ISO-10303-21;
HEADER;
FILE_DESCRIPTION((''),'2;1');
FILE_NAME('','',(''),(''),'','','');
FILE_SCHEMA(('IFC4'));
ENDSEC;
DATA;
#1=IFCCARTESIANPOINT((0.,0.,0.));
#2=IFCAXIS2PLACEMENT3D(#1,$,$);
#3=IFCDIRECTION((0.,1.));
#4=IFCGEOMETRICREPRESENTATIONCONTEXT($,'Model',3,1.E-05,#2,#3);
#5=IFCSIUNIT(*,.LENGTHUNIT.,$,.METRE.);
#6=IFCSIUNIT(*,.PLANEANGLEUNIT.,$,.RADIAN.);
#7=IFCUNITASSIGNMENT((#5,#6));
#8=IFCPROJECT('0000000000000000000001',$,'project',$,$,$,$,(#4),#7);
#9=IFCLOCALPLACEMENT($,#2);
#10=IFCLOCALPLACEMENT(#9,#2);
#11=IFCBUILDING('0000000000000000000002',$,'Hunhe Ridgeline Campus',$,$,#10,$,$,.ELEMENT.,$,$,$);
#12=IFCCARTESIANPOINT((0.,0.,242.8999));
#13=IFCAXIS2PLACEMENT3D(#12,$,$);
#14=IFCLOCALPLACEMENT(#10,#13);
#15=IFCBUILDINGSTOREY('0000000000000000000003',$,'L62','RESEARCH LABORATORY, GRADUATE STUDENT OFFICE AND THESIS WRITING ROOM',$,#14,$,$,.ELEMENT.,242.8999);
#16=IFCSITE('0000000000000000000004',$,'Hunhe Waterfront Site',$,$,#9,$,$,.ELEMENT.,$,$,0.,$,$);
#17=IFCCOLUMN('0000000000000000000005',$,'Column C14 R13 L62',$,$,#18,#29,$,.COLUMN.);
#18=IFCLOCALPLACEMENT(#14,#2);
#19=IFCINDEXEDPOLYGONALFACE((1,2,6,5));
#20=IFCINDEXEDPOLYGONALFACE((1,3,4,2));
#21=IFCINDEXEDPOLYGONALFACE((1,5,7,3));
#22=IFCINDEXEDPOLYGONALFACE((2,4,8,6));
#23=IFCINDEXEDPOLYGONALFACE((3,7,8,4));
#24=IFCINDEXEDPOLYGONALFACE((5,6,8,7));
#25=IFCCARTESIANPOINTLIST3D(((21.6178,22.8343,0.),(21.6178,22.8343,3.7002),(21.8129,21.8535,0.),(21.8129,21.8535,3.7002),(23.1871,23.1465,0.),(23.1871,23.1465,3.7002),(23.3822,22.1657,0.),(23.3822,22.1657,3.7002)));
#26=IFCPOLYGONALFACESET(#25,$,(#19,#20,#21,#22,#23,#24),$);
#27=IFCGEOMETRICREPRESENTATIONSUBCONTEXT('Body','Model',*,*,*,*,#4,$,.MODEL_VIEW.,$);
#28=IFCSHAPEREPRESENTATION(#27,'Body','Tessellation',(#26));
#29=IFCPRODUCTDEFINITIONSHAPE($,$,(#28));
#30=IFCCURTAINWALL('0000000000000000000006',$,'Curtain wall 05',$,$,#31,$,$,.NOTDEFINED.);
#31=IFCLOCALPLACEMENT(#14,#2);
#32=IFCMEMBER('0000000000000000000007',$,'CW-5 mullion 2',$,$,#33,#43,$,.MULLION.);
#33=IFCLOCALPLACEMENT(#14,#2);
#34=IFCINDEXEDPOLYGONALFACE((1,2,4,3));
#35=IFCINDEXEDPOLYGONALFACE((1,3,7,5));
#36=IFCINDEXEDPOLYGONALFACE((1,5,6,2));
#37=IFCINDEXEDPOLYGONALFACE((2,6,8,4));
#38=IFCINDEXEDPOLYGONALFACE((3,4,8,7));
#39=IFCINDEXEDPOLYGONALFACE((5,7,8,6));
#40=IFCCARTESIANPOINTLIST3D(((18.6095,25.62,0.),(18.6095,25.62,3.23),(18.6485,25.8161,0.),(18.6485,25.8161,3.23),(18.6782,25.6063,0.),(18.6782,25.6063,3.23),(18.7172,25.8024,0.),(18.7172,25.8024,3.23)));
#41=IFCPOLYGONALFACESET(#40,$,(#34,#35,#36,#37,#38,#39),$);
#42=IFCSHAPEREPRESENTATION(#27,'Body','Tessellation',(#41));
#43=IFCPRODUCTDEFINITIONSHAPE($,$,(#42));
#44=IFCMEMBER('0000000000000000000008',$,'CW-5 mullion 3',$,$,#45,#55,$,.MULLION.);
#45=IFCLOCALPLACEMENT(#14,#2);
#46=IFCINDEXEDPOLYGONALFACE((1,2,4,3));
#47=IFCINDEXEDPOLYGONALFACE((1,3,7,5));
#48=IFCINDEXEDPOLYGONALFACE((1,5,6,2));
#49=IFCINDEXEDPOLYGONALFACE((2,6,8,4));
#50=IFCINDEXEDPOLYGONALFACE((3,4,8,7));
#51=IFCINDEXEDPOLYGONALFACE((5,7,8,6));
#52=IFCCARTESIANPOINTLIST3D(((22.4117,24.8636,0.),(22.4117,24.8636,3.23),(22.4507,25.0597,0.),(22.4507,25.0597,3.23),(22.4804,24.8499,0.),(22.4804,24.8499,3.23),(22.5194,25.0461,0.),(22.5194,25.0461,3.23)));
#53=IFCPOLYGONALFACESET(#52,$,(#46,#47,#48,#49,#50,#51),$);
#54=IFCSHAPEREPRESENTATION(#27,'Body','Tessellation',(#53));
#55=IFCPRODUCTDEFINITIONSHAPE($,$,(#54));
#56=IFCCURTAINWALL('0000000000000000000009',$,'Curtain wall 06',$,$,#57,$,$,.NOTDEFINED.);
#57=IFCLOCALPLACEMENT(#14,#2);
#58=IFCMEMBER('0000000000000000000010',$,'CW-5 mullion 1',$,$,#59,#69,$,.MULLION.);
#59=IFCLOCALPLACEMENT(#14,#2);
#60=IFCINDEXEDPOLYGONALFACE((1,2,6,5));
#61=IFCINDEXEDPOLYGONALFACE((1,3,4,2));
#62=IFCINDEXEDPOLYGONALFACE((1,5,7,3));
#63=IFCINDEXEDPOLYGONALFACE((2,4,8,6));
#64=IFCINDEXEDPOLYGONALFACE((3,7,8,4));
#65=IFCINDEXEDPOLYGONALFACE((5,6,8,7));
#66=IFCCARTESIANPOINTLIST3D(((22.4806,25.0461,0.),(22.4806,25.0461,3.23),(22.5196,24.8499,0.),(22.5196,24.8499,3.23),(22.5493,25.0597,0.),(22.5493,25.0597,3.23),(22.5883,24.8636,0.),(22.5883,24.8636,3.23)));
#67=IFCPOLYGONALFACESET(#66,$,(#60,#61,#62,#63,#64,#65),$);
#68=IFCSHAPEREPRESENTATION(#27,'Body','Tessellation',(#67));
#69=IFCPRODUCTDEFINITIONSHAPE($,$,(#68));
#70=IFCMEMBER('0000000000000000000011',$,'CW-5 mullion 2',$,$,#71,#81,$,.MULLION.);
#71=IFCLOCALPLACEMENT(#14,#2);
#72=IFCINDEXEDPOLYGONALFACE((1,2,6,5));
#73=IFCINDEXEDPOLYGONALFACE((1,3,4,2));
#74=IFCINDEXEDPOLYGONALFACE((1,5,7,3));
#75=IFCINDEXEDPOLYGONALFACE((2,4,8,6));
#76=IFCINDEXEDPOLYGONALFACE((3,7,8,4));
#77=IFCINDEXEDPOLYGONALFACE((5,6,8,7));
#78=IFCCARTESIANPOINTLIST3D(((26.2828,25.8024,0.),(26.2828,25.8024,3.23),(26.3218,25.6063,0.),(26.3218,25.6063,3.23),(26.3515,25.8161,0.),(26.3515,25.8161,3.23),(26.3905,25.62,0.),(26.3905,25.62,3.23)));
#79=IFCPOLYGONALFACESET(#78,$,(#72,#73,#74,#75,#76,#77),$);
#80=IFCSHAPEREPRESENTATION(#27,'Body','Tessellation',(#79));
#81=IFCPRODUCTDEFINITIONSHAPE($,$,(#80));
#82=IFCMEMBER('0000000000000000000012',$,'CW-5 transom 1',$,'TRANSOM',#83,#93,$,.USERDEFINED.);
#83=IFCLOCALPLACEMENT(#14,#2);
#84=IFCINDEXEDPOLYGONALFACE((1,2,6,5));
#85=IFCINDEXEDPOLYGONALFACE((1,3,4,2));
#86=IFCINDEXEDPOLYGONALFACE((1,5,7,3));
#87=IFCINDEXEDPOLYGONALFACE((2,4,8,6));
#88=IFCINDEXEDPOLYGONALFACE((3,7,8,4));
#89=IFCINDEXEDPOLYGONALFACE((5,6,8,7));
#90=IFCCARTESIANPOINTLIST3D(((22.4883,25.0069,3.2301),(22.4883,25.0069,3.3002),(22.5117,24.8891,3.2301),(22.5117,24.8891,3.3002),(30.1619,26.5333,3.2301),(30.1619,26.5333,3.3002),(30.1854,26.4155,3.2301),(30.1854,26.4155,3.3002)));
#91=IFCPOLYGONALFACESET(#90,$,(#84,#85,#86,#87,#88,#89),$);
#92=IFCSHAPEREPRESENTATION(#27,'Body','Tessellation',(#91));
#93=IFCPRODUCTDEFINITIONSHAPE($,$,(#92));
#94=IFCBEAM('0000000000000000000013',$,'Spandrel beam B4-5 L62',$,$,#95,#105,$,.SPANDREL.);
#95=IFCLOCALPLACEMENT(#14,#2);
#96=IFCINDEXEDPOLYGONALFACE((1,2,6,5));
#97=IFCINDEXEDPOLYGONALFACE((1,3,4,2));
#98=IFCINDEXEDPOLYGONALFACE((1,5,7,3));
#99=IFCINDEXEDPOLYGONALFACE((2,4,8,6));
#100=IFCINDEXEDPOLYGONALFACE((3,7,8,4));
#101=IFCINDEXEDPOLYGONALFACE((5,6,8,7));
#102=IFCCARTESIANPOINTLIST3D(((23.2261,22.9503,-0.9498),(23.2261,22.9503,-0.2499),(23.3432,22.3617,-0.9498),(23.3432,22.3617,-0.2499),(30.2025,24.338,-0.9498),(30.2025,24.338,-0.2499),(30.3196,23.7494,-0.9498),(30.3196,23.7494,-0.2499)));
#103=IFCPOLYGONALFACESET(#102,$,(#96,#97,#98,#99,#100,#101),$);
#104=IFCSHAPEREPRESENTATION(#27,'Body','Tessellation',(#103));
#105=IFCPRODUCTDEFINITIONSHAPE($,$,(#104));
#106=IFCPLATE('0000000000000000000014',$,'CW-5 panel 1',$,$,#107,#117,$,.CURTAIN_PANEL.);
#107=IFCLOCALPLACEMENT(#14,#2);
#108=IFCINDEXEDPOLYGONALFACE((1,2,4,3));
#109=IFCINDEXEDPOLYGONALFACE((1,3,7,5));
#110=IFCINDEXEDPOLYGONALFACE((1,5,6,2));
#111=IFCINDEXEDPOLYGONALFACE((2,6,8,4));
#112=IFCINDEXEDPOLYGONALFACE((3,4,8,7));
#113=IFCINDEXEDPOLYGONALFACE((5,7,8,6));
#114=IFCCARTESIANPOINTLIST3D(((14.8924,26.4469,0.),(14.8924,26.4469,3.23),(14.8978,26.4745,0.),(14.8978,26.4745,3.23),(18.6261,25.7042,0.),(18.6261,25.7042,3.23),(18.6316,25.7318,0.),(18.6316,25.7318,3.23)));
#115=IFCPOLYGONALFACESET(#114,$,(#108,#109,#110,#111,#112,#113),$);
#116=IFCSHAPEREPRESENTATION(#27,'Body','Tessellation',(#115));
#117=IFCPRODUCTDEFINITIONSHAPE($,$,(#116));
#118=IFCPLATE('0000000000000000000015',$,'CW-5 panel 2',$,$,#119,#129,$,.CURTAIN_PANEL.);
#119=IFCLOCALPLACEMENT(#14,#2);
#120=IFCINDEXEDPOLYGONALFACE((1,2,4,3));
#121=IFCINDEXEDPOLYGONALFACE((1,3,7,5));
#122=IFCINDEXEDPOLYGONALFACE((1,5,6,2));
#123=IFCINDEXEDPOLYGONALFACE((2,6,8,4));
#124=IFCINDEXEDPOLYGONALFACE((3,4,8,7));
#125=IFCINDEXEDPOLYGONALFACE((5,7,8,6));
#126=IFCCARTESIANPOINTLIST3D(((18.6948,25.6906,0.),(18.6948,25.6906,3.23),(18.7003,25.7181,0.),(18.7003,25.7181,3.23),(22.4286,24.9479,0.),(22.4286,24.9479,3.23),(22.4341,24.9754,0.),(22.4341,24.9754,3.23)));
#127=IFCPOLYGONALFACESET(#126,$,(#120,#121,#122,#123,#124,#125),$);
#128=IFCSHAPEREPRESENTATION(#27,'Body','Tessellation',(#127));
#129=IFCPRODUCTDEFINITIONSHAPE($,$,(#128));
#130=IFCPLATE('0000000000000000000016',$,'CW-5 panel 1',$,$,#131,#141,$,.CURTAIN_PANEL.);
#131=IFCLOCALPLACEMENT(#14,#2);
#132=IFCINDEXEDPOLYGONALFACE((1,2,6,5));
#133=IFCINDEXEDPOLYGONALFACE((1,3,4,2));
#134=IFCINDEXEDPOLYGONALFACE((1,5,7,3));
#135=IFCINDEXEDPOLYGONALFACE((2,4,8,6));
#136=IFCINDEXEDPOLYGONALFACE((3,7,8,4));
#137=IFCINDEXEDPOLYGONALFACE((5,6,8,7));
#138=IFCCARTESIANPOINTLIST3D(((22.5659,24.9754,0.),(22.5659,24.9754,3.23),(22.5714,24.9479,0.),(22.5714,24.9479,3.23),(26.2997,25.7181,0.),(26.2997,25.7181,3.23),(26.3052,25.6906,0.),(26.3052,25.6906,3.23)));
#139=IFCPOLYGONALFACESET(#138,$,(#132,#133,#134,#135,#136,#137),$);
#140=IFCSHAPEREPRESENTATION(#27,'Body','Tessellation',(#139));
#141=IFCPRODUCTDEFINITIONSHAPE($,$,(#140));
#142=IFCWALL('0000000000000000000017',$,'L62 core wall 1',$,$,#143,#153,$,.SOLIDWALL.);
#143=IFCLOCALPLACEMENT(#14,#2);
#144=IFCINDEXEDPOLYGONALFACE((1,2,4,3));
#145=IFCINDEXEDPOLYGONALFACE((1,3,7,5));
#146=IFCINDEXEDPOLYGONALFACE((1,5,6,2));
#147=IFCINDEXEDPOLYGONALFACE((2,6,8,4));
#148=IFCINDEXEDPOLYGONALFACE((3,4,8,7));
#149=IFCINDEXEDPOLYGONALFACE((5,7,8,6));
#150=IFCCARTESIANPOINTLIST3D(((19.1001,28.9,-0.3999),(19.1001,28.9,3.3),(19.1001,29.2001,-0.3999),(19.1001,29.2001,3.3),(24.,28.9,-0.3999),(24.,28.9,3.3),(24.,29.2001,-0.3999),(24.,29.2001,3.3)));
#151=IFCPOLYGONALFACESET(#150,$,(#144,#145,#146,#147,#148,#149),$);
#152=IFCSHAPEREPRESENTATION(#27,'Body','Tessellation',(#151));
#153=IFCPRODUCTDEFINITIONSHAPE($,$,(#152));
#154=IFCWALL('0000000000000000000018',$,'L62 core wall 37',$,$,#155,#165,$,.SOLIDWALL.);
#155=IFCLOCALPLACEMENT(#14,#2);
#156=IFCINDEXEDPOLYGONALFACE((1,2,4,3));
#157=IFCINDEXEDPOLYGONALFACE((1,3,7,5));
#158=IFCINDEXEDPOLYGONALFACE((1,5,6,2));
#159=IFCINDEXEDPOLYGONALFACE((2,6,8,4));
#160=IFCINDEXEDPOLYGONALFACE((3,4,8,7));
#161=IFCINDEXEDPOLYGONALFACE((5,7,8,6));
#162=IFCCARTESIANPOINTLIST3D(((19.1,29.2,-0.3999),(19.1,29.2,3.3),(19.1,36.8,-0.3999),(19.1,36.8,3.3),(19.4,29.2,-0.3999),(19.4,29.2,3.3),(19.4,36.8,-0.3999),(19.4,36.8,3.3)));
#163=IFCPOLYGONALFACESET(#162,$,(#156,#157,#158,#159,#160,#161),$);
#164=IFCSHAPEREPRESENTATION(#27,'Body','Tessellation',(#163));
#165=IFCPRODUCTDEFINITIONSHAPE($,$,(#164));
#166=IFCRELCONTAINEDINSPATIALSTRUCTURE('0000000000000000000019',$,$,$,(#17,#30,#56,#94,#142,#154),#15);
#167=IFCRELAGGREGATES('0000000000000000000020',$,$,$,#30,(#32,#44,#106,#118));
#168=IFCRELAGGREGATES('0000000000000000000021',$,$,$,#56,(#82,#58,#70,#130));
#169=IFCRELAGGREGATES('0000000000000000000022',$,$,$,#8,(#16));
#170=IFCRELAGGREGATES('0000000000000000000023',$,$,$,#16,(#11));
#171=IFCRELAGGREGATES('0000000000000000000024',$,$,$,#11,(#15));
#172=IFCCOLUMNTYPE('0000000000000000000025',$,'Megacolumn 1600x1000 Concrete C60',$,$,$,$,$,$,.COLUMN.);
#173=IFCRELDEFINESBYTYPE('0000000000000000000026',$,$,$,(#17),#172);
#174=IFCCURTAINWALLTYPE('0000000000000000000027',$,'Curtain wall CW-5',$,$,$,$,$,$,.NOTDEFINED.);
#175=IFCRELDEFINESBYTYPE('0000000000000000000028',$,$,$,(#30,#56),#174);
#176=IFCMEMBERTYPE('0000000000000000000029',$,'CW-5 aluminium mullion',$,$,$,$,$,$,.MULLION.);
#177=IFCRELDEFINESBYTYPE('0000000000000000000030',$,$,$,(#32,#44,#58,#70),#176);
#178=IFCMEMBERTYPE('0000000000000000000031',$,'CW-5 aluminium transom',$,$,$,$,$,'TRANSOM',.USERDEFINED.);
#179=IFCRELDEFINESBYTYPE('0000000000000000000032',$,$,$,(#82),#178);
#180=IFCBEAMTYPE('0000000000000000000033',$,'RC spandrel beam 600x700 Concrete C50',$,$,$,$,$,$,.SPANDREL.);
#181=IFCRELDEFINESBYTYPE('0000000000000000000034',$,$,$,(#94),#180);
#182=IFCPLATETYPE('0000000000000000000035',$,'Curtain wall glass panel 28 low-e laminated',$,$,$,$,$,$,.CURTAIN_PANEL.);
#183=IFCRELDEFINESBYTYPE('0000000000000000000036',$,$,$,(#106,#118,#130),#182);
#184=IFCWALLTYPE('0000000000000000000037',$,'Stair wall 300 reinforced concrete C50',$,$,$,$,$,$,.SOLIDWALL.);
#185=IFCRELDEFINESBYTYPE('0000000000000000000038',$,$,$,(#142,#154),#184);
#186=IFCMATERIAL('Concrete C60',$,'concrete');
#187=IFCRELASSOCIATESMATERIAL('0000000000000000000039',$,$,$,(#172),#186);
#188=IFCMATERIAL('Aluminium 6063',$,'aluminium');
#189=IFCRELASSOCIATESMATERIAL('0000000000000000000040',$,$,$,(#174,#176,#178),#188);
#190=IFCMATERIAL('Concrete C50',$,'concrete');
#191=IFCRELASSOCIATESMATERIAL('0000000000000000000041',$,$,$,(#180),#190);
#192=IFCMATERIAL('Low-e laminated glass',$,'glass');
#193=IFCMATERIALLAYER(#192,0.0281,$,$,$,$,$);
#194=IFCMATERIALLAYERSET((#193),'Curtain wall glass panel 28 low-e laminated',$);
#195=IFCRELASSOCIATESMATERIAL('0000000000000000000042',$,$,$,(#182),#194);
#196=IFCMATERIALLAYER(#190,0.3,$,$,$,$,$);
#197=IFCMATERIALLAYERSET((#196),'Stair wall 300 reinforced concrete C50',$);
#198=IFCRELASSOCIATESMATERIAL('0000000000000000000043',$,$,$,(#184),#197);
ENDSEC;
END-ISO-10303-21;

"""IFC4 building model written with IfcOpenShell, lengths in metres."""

from ifc_helpers import new_model, si_unit, direction, frame, frame_2d, origin, origin_2d, place, context, subcontext, project, spatial, rectangle, extrude, material, layer, layer_set, material_profile, profile_set, type_object, element, aggregate, save


model = new_model("IFC4")

# Units and contexts
model_context = context("Model", 3, precision=1e-05, world=origin(), true_north=direction((0.0, 1.0)))
body_context = subcontext(model_context, "Body", "Model", "MODEL_VIEW")
ifc_project = project(units=[si_unit("LENGTHUNIT", "METRE"), si_unit("PLANEANGLEUNIT", "RADIAN")], contexts=[model_context])

# Site, building, storey
site_placement = place(None, origin())
site = spatial("IfcSite", under=ifc_project, at=site_placement, Name="Hunhe Waterfront Site", CompositionType="ELEMENT", RefElevation=0.0)
building_placement = place(site_placement, origin())
building = spatial("IfcBuilding", under=site, at=building_placement, Name="Hunhe Ridgeline Campus", CompositionType="ELEMENT")
storey_placement = place(building_placement, frame((0.0, 0.0, 242.8999)))
storey = spatial("IfcBuildingStorey", under=building, at=storey_placement, Name="L62", Description="RESEARCH LABORATORY, GRADUATE STUDENT OFFICE AND THESIS WRITING ROOM", CompositionType="ELEMENT", Elevation=242.8999)

# Column
ifc_material_1 = material(Name="Concrete C60", Category="concrete")
ifc_material_profile_1 = material_profile(ifc_material_1, rectangle(XDim=1.6001, YDim=1.0, at=origin_2d()))
ifc_profile_set_1 = profile_set([ifc_material_profile_1], Name="Concrete C60")
column_type = type_object("IfcColumnType", Name="Megacolumn 1600x1000 Concrete C60", PredefinedType="COLUMN", material=ifc_profile_set_1)
column_placement = place(storey_placement, frame((22.5, 22.5, 0.0), z_axis=(0.0, 0.0, 1.0), x_axis=(0.980785, 0.19509, 0.0)))
element("IfcColumn", 1, at=column_placement, inside=storey, type_object=column_type, Name="Column C14 R13 L62", PredefinedType="COLUMN", context=body_context, shape_type="SweptSolid", body=[
    extrude(rectangle(XDim=1.6001, YDim=1.0, at=origin_2d()), origin(), (0.0, 0.0, 1.0), 3.7002),
])

# Curtain walls, members
ifc_material_2 = material(Name="Aluminium 6063", Category="aluminium")
curtain_wall_type = type_object("IfcCurtainWallType", Name="Curtain wall CW-5", PredefinedType="NOTDEFINED", material=ifc_material_2)
curtain_wall_1_placement = place(storey_placement, origin())
curtain_wall_1 = element("IfcCurtainWall", 2, at=curtain_wall_1_placement, inside=storey, type_object=curtain_wall_type, Name="Curtain wall 05", PredefinedType="NOTDEFINED")
ifc_material_profile_2 = material_profile(ifc_material_2, rectangle(XDim=0.2, YDim=0.0701, at=origin_2d()))
ifc_profile_set_2 = profile_set([ifc_material_profile_2], Name="Aluminium 6063")
member_type_1 = type_object("IfcMemberType", Name="CW-5 aluminium mullion", PredefinedType="MULLION", material=ifc_profile_set_2)
member_1_placement = place(storey_placement, frame((18.6633, 25.7112, 0.0), z_axis=(0.0, 0.0, 1.0), x_axis=(0.19509, 0.980785, 0.0)))
member_1 = element("IfcMember", 3, at=member_1_placement, type_object=member_type_1, Name="CW-5 mullion 2", PredefinedType="MULLION", context=body_context, shape_type="SweptSolid", body=[
    extrude(rectangle(XDim=0.2, YDim=0.0701, at=origin_2d()), origin(), (0.0, 0.0, 1.0), 3.23),
])
member_2_placement = place(storey_placement, frame((22.4656, 24.9548, 0.0), z_axis=(0.0, 0.0, 1.0), x_axis=(0.19509, 0.980785, 0.0)))
member_2 = element("IfcMember", 4, at=member_2_placement, type_object=member_type_1, Name="CW-5 mullion 3", PredefinedType="MULLION", context=body_context, shape_type="SweptSolid", body=[
    extrude(rectangle(XDim=0.2, YDim=0.0701, at=origin_2d()), origin(), (0.0, 0.0, 1.0), 3.23),
])
curtain_wall_2_placement = place(storey_placement, origin())
curtain_wall_2 = element("IfcCurtainWall", 5, at=curtain_wall_2_placement, inside=storey, type_object=curtain_wall_type, Name="Curtain wall 06", PredefinedType="NOTDEFINED")
member_3_placement = place(storey_placement, frame((22.5344, 24.9548, 0.0), z_axis=(0.0, 0.0, 1.0), x_axis=(-0.19509, 0.980785, 0.0)))
member_3 = element("IfcMember", 6, at=member_3_placement, type_object=member_type_1, Name="CW-5 mullion 1", PredefinedType="MULLION", context=body_context, shape_type="SweptSolid", body=[
    extrude(rectangle(XDim=0.2, YDim=0.0701, at=origin_2d()), origin(), (0.0, 0.0, 1.0), 3.23),
])
member_4_placement = place(storey_placement, frame((26.3367, 25.7112, 0.0), z_axis=(0.0, 0.0, 1.0), x_axis=(-0.19509, 0.980785, 0.0)))
member_4 = element("IfcMember", 7, at=member_4_placement, type_object=member_type_1, Name="CW-5 mullion 2", PredefinedType="MULLION", context=body_context, shape_type="SweptSolid", body=[
    extrude(rectangle(XDim=0.2, YDim=0.0701, at=origin_2d()), origin(), (0.0, 0.0, 1.0), 3.23),
])
ifc_material_profile_3 = material_profile(ifc_material_2, rectangle(XDim=0.1201, YDim=0.0701, at=origin_2d()))
ifc_profile_set_3 = profile_set([ifc_material_profile_3], Name="Aluminium 6063")
member_type_2 = type_object("IfcMemberType", Name="CW-5 aluminium transom", ElementType="TRANSOM", PredefinedType="USERDEFINED", material=ifc_profile_set_3)
member_5_placement = place(storey_placement, frame((22.5, 24.948, 3.2651), z_axis=(0.980785, 0.19509, 0.0), x_axis=(-0.19509, 0.980785, 0.0)))
member_5 = element("IfcMember", 8, at=member_5_placement, type_object=member_type_2, Name="CW-5 transom 1", ObjectType="TRANSOM", PredefinedType="USERDEFINED", context=body_context, shape_type="SweptSolid", body=[
    extrude(rectangle(XDim=0.1201, YDim=0.0701, at=origin_2d()), origin(), (0.0, 0.0, 1.0), 7.824),
])

# Beam
ifc_material_3 = material(Name="Concrete C50", Category="concrete")
ifc_material_profile_4 = material_profile(ifc_material_3, rectangle(XDim=0.6001, YDim=0.7, at=origin_2d()))
ifc_profile_set_4 = profile_set([ifc_material_profile_4], Name="Concrete C50")
beam_type = type_object("IfcBeamType", Name="RC spandrel beam 600x700 Concrete C50", PredefinedType="SPANDREL", material=ifc_profile_set_4)
beam_placement = place(storey_placement, frame((23.2847, 22.656, -0.5999), z_axis=(0.980785, 0.195093, 0.0), x_axis=(-0.195093, 0.980785, 0.0)))
element("IfcBeam", 9, at=beam_placement, inside=storey, type_object=beam_type, Name="Spandrel beam B4-5 L62", PredefinedType="SPANDREL", context=body_context, shape_type="SweptSolid", body=[
    extrude(rectangle(XDim=0.6001, YDim=0.7, at=origin_2d()), origin(), (0.0, 0.0, 1.0), 7.113),
])

# Plates
ifc_material_4 = material(Name="Low-e laminated glass", Category="glass")
ifc_layer_1 = layer(ifc_material_4, 0.0281)
ifc_layer_set_1 = layer_set([ifc_layer_1], Name="Curtain wall glass panel 28 low-e laminated")
plate_type = type_object("IfcPlateType", Name="Curtain wall glass panel 28 low-e laminated", PredefinedType="CURTAIN_PANEL", material=ifc_layer_set_1)
plate_1_placement = place(storey_placement, frame((16.762, 26.0894, 0.0), z_axis=(0.0, 0.0, 1.0), x_axis=(0.980785, -0.19509, 0.0)))
plate_1 = element("IfcPlate", 10, at=plate_1_placement, type_object=plate_type, Name="CW-5 panel 1", PredefinedType="CURTAIN_PANEL", context=body_context, shape_type="SweptSolid", body=[
    extrude(rectangle(XDim=3.8069, YDim=0.0281, at=origin_2d()), origin(), (0.0, 0.0, 1.0), 3.23),
])
plate_2_placement = place(storey_placement, frame((20.5645, 25.333, 0.0), z_axis=(0.0, 0.0, 1.0), x_axis=(0.980785, -0.19509, 0.0)))
plate_2 = element("IfcPlate", 11, at=plate_2_placement, type_object=plate_type, Name="CW-5 panel 2", PredefinedType="CURTAIN_PANEL", context=body_context, shape_type="SweptSolid", body=[
    extrude(rectangle(XDim=3.8069, YDim=0.0281, at=origin_2d()), origin(), (0.0, 0.0, 1.0), 3.23),
])
aggregate(curtain_wall_1, [member_1, member_2, plate_1, plate_2])
plate_3_placement = place(storey_placement, frame((24.4355, 25.333, 0.0), z_axis=(0.0, 0.0, 1.0), x_axis=(0.980785, 0.19509, 0.0)))
plate_3 = element("IfcPlate", 12, at=plate_3_placement, type_object=plate_type, Name="CW-5 panel 1", PredefinedType="CURTAIN_PANEL", context=body_context, shape_type="SweptSolid", body=[
    extrude(rectangle(XDim=3.8069, YDim=0.0281, at=origin_2d()), origin(), (0.0, 0.0, 1.0), 3.23),
])
aggregate(curtain_wall_2, [member_5, member_3, member_4, plate_3])

# Walls
ifc_layer_2 = layer(ifc_material_3, 0.3)
ifc_layer_set_2 = layer_set([ifc_layer_2], Name="Stair wall 300 reinforced concrete C50")
wall_type_1 = type_object("IfcWallType", Name="Stair wall 300 reinforced concrete C50", PredefinedType="SOLIDWALL", material=ifc_layer_set_2)
wall_1_placement = place(storey_placement, frame((19.1001, 29.05, -0.3999), z_axis=(0.0, 0.0, 1.0), x_axis=(1.0, 0.0, 0.0)))
element("IfcWall", 13, at=wall_1_placement, inside=storey, type_object=wall_type_1, Name="L62 core wall 1", PredefinedType="SOLIDWALL", context=body_context, shape_type="SweptSolid", body=[
    extrude(rectangle(XDim=4.8999, YDim=0.3, at=frame_2d((2.45, 0.0))), origin(), (0.0, 0.0, 1.0), 3.7),
])
wall_2_placement = place(storey_placement, frame((19.25, 29.2, -0.3999), z_axis=(0.0, 0.0, 1.0), x_axis=(0.0, 1.0, 0.0)))
element("IfcWall", 14, at=wall_2_placement, inside=storey, type_object=wall_type_1, Name="L62 core wall 37", PredefinedType="SOLIDWALL", context=body_context, shape_type="SweptSolid", body=[
    extrude(rectangle(XDim=7.6001, YDim=0.3, at=frame_2d((3.8, 0.0))), origin(), (0.0, 0.0, 1.0), 3.7),
])

save(model, "model.ifc")
